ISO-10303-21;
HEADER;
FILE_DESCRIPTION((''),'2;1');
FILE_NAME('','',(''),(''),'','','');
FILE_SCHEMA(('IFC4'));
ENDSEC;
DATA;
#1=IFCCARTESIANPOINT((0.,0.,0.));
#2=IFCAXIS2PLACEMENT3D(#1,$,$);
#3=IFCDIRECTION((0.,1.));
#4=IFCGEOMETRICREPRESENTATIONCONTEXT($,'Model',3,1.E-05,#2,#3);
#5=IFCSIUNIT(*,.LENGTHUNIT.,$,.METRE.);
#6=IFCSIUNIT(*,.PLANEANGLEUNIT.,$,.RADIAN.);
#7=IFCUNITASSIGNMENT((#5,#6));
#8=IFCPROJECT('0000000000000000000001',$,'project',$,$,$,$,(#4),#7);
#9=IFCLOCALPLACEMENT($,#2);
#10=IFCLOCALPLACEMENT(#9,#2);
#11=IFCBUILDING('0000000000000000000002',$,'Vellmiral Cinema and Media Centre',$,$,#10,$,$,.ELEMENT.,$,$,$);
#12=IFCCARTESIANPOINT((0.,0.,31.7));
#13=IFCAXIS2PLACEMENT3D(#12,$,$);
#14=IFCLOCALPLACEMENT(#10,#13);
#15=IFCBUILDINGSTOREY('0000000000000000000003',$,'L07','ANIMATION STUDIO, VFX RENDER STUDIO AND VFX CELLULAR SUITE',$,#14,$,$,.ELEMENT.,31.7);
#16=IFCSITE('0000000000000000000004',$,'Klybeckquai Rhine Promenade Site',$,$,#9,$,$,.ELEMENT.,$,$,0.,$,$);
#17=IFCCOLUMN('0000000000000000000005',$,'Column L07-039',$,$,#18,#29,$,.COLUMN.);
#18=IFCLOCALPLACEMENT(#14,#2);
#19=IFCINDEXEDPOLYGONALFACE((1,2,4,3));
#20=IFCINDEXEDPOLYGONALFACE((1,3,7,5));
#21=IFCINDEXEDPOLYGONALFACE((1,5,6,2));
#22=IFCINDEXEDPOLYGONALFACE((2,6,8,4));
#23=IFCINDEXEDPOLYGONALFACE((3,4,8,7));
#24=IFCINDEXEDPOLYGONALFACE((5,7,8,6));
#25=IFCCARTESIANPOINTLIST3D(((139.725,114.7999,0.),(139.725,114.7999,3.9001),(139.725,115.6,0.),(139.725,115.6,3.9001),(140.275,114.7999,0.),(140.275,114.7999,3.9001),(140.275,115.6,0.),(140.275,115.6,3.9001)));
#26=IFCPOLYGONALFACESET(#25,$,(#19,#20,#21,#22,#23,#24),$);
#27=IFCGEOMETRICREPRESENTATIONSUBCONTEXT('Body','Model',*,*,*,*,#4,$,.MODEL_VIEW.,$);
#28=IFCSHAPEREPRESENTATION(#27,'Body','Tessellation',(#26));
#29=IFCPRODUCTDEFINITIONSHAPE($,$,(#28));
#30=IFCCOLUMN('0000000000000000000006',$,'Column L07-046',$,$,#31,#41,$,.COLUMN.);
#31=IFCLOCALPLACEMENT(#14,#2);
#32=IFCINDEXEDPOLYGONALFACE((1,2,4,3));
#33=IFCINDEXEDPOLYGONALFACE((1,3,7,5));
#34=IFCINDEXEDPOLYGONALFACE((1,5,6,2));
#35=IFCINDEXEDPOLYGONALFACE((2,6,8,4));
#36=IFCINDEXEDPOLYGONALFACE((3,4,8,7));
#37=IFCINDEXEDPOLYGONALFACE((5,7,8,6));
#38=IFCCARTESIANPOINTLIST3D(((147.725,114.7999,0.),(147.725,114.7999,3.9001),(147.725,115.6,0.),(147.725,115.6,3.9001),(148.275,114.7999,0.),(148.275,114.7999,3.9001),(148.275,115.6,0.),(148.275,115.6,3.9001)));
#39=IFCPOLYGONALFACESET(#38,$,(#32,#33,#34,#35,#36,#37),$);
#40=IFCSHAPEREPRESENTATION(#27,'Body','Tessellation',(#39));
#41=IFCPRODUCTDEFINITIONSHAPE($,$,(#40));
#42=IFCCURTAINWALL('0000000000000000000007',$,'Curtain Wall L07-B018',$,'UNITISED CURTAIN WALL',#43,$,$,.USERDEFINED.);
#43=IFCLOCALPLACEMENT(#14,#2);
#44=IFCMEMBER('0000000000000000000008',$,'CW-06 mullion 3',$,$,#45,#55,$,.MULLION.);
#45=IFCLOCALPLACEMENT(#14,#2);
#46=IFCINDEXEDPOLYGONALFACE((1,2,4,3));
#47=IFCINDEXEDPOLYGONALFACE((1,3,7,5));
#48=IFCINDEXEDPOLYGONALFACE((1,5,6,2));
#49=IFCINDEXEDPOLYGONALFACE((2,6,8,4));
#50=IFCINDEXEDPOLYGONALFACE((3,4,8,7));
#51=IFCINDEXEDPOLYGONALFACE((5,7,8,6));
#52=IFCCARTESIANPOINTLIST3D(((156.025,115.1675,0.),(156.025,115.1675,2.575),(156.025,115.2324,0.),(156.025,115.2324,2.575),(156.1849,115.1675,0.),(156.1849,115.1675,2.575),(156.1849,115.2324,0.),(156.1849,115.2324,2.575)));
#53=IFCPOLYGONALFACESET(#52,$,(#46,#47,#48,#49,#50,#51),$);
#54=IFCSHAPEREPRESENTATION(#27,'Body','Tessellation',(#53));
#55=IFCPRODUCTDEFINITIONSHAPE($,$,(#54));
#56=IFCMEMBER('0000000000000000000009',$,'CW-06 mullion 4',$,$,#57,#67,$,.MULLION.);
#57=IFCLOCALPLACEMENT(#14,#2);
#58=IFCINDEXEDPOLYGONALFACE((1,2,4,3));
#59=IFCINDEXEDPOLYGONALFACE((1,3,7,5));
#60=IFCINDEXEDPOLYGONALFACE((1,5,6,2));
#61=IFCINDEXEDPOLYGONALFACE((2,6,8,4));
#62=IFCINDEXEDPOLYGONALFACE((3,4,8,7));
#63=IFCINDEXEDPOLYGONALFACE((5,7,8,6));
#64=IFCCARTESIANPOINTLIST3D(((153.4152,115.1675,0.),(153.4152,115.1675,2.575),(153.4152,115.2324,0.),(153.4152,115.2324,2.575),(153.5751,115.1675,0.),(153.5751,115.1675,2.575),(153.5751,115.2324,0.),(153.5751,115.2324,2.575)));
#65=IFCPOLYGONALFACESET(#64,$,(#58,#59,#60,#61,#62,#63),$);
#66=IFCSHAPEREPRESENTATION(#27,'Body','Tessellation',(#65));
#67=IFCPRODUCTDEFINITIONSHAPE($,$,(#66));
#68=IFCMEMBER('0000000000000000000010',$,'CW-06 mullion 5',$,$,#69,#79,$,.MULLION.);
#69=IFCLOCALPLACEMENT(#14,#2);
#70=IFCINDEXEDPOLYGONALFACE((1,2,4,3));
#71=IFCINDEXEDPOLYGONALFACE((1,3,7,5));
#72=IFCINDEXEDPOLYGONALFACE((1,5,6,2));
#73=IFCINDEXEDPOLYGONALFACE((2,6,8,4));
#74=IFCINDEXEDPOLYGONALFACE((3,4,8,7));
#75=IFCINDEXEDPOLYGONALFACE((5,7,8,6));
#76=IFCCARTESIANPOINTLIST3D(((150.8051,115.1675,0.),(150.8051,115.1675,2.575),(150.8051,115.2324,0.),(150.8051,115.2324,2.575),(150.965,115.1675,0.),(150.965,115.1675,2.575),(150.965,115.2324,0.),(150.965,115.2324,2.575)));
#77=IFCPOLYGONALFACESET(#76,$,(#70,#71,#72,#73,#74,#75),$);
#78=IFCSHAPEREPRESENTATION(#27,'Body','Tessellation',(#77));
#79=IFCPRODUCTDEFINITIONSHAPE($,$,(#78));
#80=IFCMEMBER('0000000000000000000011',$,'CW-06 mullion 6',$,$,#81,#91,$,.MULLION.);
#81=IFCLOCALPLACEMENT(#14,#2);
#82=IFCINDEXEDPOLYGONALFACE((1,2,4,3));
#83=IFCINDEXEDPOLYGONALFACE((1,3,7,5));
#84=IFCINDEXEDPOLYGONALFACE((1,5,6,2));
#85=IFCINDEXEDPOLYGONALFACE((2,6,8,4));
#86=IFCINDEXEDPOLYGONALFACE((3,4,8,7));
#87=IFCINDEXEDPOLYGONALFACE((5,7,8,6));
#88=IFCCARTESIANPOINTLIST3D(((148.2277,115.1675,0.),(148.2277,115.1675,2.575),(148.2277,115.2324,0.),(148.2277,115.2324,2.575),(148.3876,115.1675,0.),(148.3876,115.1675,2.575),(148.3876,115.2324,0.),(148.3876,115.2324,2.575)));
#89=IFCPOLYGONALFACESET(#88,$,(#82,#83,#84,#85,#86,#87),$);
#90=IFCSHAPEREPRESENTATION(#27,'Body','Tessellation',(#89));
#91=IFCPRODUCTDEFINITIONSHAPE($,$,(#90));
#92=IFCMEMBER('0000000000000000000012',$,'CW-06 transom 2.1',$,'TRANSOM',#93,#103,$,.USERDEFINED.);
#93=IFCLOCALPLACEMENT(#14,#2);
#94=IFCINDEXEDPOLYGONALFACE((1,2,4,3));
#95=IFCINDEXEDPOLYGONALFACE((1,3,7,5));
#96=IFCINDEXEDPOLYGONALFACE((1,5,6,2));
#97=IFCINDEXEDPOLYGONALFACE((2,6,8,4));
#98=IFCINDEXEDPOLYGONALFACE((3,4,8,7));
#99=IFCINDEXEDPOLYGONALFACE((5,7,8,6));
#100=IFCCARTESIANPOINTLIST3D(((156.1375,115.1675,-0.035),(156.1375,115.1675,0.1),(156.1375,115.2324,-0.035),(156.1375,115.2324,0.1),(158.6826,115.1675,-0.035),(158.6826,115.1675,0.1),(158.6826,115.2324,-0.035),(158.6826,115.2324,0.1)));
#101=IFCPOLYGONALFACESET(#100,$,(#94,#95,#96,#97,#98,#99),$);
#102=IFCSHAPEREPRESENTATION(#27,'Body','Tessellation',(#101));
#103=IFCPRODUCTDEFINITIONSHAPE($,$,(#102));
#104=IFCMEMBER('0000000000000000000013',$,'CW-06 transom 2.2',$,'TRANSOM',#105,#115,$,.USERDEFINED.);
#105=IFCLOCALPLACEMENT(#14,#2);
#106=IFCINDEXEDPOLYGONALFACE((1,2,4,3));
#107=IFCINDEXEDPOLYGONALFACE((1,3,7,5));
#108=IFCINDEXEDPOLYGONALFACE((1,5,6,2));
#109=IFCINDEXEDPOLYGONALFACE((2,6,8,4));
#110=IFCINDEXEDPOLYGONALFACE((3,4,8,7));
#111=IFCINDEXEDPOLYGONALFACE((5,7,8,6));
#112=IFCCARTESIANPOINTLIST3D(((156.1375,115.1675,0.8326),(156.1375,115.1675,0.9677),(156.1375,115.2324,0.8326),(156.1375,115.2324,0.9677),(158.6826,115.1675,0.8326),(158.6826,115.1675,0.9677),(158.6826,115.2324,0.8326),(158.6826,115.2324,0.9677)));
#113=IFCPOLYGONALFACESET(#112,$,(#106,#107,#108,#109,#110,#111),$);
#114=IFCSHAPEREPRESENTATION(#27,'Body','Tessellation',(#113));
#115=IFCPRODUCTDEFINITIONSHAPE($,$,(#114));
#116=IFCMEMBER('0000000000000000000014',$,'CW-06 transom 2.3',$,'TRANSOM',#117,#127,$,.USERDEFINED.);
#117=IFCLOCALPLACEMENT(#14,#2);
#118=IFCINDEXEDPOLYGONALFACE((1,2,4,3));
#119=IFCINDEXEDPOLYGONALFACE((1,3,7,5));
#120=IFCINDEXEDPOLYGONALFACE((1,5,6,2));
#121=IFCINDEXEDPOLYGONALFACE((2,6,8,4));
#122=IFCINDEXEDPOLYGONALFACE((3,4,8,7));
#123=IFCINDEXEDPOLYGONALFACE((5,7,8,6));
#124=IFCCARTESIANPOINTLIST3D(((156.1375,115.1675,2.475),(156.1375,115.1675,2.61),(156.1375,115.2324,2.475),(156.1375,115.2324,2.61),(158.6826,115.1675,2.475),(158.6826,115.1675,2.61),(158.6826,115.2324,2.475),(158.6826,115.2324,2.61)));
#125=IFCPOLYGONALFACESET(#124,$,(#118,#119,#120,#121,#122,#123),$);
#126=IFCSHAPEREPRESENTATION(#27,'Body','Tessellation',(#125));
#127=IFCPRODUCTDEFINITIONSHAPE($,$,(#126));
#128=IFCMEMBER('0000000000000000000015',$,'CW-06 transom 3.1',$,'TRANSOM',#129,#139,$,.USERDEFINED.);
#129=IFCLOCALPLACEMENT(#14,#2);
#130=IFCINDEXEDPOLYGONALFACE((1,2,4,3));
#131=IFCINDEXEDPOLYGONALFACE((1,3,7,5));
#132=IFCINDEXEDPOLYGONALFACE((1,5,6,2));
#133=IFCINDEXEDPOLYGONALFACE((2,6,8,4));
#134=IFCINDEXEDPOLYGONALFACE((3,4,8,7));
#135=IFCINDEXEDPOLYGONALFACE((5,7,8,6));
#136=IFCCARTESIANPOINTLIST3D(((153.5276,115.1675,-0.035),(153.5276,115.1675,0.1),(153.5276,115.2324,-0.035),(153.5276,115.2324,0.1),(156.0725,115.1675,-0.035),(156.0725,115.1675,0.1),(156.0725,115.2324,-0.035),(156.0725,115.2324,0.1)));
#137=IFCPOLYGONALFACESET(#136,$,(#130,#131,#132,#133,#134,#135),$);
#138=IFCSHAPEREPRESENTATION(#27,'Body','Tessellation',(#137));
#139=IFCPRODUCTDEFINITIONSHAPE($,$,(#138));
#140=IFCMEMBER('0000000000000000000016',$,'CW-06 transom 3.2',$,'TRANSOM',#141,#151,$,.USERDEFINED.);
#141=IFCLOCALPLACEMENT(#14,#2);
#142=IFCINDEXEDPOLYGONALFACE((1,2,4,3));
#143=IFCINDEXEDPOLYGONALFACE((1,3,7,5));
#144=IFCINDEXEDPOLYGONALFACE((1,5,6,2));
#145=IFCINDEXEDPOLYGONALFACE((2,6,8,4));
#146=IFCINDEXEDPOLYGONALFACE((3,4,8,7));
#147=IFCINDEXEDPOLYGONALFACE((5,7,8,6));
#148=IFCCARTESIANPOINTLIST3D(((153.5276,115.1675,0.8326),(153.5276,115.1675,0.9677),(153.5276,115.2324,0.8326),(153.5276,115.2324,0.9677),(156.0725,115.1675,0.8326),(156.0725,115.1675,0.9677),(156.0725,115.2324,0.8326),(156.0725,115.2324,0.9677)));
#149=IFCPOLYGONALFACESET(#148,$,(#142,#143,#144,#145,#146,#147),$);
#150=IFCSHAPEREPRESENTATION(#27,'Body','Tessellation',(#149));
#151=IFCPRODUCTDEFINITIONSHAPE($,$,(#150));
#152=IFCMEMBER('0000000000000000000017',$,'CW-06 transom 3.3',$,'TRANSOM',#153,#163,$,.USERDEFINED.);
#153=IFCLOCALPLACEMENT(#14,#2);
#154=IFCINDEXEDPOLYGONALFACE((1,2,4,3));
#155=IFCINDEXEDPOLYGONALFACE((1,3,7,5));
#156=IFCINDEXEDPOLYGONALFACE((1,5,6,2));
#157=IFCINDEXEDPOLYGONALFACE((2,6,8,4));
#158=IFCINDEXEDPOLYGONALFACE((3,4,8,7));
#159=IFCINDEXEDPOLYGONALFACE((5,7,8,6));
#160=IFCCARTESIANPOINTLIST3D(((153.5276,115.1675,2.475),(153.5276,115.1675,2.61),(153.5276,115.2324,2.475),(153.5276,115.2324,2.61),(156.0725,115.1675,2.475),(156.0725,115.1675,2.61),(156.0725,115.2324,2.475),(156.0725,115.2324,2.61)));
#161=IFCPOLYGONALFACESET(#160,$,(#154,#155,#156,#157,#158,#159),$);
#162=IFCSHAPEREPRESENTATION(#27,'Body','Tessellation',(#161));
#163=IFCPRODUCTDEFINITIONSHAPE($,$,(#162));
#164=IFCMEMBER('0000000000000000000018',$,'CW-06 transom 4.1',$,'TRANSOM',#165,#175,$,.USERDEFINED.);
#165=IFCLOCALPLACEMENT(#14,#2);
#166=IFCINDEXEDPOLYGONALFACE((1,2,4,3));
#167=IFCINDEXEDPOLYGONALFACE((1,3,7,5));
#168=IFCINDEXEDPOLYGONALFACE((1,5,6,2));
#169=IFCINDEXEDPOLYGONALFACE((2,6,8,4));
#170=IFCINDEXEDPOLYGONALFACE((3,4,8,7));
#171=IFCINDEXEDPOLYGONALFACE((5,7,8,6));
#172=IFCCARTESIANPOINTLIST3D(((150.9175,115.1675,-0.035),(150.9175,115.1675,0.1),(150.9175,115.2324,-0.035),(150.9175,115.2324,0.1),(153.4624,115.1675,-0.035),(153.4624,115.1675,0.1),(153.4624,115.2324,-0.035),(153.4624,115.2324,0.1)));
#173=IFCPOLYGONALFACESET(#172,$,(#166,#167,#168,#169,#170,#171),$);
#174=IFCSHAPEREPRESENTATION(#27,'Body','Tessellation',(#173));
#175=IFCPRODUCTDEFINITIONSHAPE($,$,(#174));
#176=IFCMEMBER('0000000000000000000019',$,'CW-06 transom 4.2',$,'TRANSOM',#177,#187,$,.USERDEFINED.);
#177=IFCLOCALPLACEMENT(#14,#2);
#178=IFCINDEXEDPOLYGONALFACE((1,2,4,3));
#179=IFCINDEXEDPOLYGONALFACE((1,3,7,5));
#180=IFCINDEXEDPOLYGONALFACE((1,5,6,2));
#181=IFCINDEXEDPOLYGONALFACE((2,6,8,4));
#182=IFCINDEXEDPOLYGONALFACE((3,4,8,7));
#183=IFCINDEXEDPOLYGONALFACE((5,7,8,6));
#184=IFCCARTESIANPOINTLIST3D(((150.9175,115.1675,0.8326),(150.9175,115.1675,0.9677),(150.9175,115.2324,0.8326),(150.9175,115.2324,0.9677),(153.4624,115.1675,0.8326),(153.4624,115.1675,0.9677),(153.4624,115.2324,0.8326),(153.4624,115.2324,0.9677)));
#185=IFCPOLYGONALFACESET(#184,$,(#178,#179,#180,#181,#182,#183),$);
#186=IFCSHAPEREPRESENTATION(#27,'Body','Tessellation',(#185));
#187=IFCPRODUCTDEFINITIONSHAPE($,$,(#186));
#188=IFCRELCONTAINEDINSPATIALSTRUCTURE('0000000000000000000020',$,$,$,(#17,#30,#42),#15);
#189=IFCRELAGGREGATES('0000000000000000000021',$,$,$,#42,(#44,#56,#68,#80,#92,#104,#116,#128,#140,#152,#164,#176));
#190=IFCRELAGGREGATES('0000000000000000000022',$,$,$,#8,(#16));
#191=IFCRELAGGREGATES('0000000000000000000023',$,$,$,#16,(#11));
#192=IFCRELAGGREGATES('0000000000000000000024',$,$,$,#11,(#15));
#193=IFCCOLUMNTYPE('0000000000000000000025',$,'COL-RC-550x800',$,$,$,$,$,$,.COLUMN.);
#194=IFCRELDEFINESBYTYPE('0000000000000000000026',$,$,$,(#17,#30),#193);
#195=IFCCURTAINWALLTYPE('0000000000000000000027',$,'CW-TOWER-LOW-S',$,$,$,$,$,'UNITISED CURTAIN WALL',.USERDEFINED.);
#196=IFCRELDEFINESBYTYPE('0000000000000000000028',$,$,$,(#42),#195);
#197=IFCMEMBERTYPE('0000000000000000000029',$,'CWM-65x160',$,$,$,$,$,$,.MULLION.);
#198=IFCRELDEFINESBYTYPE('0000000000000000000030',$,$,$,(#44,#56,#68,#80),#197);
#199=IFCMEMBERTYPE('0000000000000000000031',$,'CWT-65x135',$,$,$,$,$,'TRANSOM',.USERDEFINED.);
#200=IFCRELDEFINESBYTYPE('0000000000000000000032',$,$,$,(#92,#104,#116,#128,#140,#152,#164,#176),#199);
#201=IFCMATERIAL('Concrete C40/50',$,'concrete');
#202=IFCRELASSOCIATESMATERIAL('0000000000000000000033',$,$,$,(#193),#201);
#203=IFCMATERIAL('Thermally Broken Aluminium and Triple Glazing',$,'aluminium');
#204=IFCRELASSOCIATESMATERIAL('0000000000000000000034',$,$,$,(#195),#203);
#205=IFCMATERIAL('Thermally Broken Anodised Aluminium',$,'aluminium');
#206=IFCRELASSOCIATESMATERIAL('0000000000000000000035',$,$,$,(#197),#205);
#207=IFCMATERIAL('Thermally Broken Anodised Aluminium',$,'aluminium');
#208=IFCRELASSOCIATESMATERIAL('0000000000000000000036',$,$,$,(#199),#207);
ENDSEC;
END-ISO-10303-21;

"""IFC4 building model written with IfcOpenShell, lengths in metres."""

from ifc_helpers import new_model, si_unit, direction, frame, origin, origin_2d, place, context, subcontext, project, spatial, rectangle, extrude, material, material_profile, profile_set, type_object, element, aggregate, save


model = new_model("IFC4")

# Units and contexts
model_context = context("Model", 3, precision=1e-05, world=origin(), true_north=direction((0.0, 1.0)))
body_context = subcontext(model_context, "Body", "Model", "MODEL_VIEW")
ifc_project = project(units=[si_unit("LENGTHUNIT", "METRE"), si_unit("PLANEANGLEUNIT", "RADIAN")], contexts=[model_context])

# Site, building, storey
site_placement = place(None, origin())
site = spatial("IfcSite", under=ifc_project, at=site_placement, Name="Klybeckquai Rhine Promenade Site", CompositionType="ELEMENT", RefElevation=0.0)
building_placement = place(site_placement, origin())
building = spatial("IfcBuilding", under=site, at=building_placement, Name="Vellmiral Cinema and Media Centre", CompositionType="ELEMENT")
storey_placement = place(building_placement, frame((0.0, 0.0, 31.7)))
storey = spatial("IfcBuildingStorey", under=building, at=storey_placement, Name="L07", Description="ANIMATION STUDIO, VFX RENDER STUDIO AND VFX CELLULAR SUITE", CompositionType="ELEMENT", Elevation=31.7)

# Columns
ifc_material_1 = material(Name="Concrete C40/50", Category="concrete")
ifc_material_profile_1 = material_profile(ifc_material_1, rectangle(XDim=0.55, YDim=0.8, at=origin_2d()), Name="RC 550x800")
ifc_profile_set_1 = profile_set([ifc_material_profile_1], Name="Concrete C40/50")
column_type = type_object("IfcColumnType", Name="COL-RC-550x800", PredefinedType="COLUMN", material=ifc_profile_set_1)
for number, where, z_axis, x_axis, name in (
    (1, (140.0, 115.2, 0.0), (0.0, 0.0, 1.0), (1.0, 0.0, 0.0), "Column L07-039"),
    (2, (148.0, 115.2, 0.0), (0.0, 0.0, 1.0), (1.0, 0.0, 0.0), "Column L07-046"),
):
    element("IfcColumn", number, at=place(storey_placement, frame(where, z_axis=z_axis, x_axis=x_axis)), inside=storey, type_object=column_type, Name=name, PredefinedType="COLUMN", context=body_context, shape_type="SweptSolid", body=[
        extrude(rectangle(XDim=0.55, YDim=0.8, at=origin_2d()), origin(), (0.0, 0.0, 1.0), 3.9001),
    ])

# Curtain wall, members
ifc_material_2 = material(Name="Thermally Broken Aluminium and Triple Glazing", Category="aluminium")
curtain_wall_type = type_object("IfcCurtainWallType", Name="CW-TOWER-LOW-S", ElementType="UNITISED CURTAIN WALL", PredefinedType="USERDEFINED", material=ifc_material_2)
curtain_wall_placement = place(storey_placement, origin())
curtain_wall = element("IfcCurtainWall", 3, at=curtain_wall_placement, inside=storey, type_object=curtain_wall_type, Name="Curtain Wall L07-B018", ObjectType="UNITISED CURTAIN WALL", PredefinedType="USERDEFINED")
ifc_material_3 = material(Name="Thermally Broken Anodised Aluminium", Category="aluminium")
ifc_material_profile_2 = material_profile(ifc_material_3, rectangle(XDim=0.0649, YDim=0.1599, at=origin_2d()), Name="MULL 65x160")
ifc_profile_set_2 = profile_set([ifc_material_profile_2], Name="Thermally Broken Anodised Aluminium")
member_type_1 = type_object("IfcMemberType", Name="CWM-65x160", PredefinedType="MULLION", material=ifc_profile_set_2)
member_1_placement = place(storey_placement, frame((156.105, 115.2, 0.0), z_axis=(0.0, 0.0, 1.0), x_axis=(0.0, -1.0, 0.0)))
member_1 = element("IfcMember", 4, at=member_1_placement, type_object=member_type_1, Name="CW-06 mullion 3", PredefinedType="MULLION", context=body_context, shape_type="SweptSolid", body=[
    extrude(rectangle(XDim=0.0649, YDim=0.1599, at=origin_2d()), origin(), (0.0, 0.0, 1.0), 2.575),
])
member_2_placement = place(storey_placement, frame((153.4951, 115.2, 0.0), z_axis=(0.0, 0.0, 1.0), x_axis=(0.0, -1.0, 0.0)))
member_2 = element("IfcMember", 5, at=member_2_placement, type_object=member_type_1, Name="CW-06 mullion 4", PredefinedType="MULLION", context=body_context, shape_type="SweptSolid", body=[
    extrude(rectangle(XDim=0.0649, YDim=0.1599, at=origin_2d()), origin(), (0.0, 0.0, 1.0), 2.575),
])
member_3_placement = place(storey_placement, frame((150.885, 115.2, 0.0), z_axis=(0.0, 0.0, 1.0), x_axis=(0.0, -1.0, 0.0)))
member_3 = element("IfcMember", 6, at=member_3_placement, type_object=member_type_1, Name="CW-06 mullion 5", PredefinedType="MULLION", context=body_context, shape_type="SweptSolid", body=[
    extrude(rectangle(XDim=0.0649, YDim=0.1599, at=origin_2d()), origin(), (0.0, 0.0, 1.0), 2.575),
])
member_4_placement = place(storey_placement, frame((148.3076, 115.2, 0.0), z_axis=(0.0, 0.0, 1.0), x_axis=(0.0, -1.0, 0.0)))
member_4 = element("IfcMember", 7, at=member_4_placement, type_object=member_type_1, Name="CW-06 mullion 6", PredefinedType="MULLION", context=body_context, shape_type="SweptSolid", body=[
    extrude(rectangle(XDim=0.0649, YDim=0.1599, at=origin_2d()), origin(), (0.0, 0.0, 1.0), 2.575),
])
ifc_material_4 = material(Name="Thermally Broken Anodised Aluminium", Category="aluminium")
ifc_material_profile_3 = material_profile(ifc_material_4, rectangle(XDim=0.0649, YDim=0.135, at=origin_2d()), Name="MULL 65x135")
ifc_profile_set_3 = profile_set([ifc_material_profile_3], Name="Thermally Broken Anodised Aluminium")
member_type_2 = type_object("IfcMemberType", Name="CWT-65x135", ElementType="TRANSOM", PredefinedType="USERDEFINED", material=ifc_profile_set_3)
member_5_placement = place(storey_placement, frame((158.6826, 115.2, 0.0325), z_axis=(-1.0, 0.0, 0.0), x_axis=(0.0, -1.0, 0.0)))
member_5 = element("IfcMember", 8, at=member_5_placement, type_object=member_type_2, Name="CW-06 transom 2.1", ObjectType="TRANSOM", PredefinedType="USERDEFINED", context=body_context, shape_type="SweptSolid", body=[
    extrude(rectangle(XDim=0.0649, YDim=0.135, at=origin_2d()), origin(), (0.0, 0.0, 1.0), 2.5452),
])
member_6_placement = place(storey_placement, frame((158.6826, 115.2, 0.9001), z_axis=(-1.0, 0.0, 0.0), x_axis=(0.0, -1.0, 0.0)))
member_6 = element("IfcMember", 9, at=member_6_placement, type_object=member_type_2, Name="CW-06 transom 2.2", ObjectType="TRANSOM", PredefinedType="USERDEFINED", context=body_context, shape_type="SweptSolid", body=[
    extrude(rectangle(XDim=0.0649, YDim=0.135, at=origin_2d()), origin(), (0.0, 0.0, 1.0), 2.5452),
])
member_7_placement = place(storey_placement, frame((158.6826, 115.2, 2.5425), z_axis=(-1.0, 0.0, 0.0), x_axis=(0.0, -1.0, 0.0)))
member_7 = element("IfcMember", 10, at=member_7_placement, type_object=member_type_2, Name="CW-06 transom 2.3", ObjectType="TRANSOM", PredefinedType="USERDEFINED", context=body_context, shape_type="SweptSolid", body=[
    extrude(rectangle(XDim=0.0649, YDim=0.135, at=origin_2d()), origin(), (0.0, 0.0, 1.0), 2.5452),
])
member_8_placement = place(storey_placement, frame((156.0725, 115.2, 0.0325), z_axis=(-1.0, 0.0, 0.0), x_axis=(0.0, -1.0, 0.0)))
member_8 = element("IfcMember", 11, at=member_8_placement, type_object=member_type_2, Name="CW-06 transom 3.1", ObjectType="TRANSOM", PredefinedType="USERDEFINED", context=body_context, shape_type="SweptSolid", body=[
    extrude(rectangle(XDim=0.0649, YDim=0.135, at=origin_2d()), origin(), (0.0, 0.0, 1.0), 2.5449),
])
member_9_placement = place(storey_placement, frame((156.0725, 115.2, 0.9001), z_axis=(-1.0, 0.0, 0.0), x_axis=(0.0, -1.0, 0.0)))
member_9 = element("IfcMember", 12, at=member_9_placement, type_object=member_type_2, Name="CW-06 transom 3.2", ObjectType="TRANSOM", PredefinedType="USERDEFINED", context=body_context, shape_type="SweptSolid", body=[
    extrude(rectangle(XDim=0.0649, YDim=0.135, at=origin_2d()), origin(), (0.0, 0.0, 1.0), 2.5449),
])
member_10_placement = place(storey_placement, frame((156.0725, 115.2, 2.5425), z_axis=(-1.0, 0.0, 0.0), x_axis=(0.0, -1.0, 0.0)))
member_10 = element("IfcMember", 13, at=member_10_placement, type_object=member_type_2, Name="CW-06 transom 3.3", ObjectType="TRANSOM", PredefinedType="USERDEFINED", context=body_context, shape_type="SweptSolid", body=[
    extrude(rectangle(XDim=0.0649, YDim=0.135, at=origin_2d()), origin(), (0.0, 0.0, 1.0), 2.5449),
])
member_11_placement = place(storey_placement, frame((153.4624, 115.2, 0.0325), z_axis=(-1.0, 0.0, 0.0), x_axis=(0.0, -1.0, 0.0)))
member_11 = element("IfcMember", 14, at=member_11_placement, type_object=member_type_2, Name="CW-06 transom 4.1", ObjectType="TRANSOM", PredefinedType="USERDEFINED", context=body_context, shape_type="SweptSolid", body=[
    extrude(rectangle(XDim=0.0649, YDim=0.135, at=origin_2d()), origin(), (0.0, 0.0, 1.0), 2.5449),
])
member_12_placement = place(storey_placement, frame((153.4624, 115.2, 0.9001), z_axis=(-1.0, 0.0, 0.0), x_axis=(0.0, -1.0, 0.0)))
member_12 = element("IfcMember", 15, at=member_12_placement, type_object=member_type_2, Name="CW-06 transom 4.2", ObjectType="TRANSOM", PredefinedType="USERDEFINED", context=body_context, shape_type="SweptSolid", body=[
    extrude(rectangle(XDim=0.0649, YDim=0.135, at=origin_2d()), origin(), (0.0, 0.0, 1.0), 2.5449),
])

aggregate(curtain_wall, [member_1, member_2, member_3, member_4, member_5, member_6, member_7, member_8, member_9, member_10, member_11, member_12])

save(model, "model.ifc")
